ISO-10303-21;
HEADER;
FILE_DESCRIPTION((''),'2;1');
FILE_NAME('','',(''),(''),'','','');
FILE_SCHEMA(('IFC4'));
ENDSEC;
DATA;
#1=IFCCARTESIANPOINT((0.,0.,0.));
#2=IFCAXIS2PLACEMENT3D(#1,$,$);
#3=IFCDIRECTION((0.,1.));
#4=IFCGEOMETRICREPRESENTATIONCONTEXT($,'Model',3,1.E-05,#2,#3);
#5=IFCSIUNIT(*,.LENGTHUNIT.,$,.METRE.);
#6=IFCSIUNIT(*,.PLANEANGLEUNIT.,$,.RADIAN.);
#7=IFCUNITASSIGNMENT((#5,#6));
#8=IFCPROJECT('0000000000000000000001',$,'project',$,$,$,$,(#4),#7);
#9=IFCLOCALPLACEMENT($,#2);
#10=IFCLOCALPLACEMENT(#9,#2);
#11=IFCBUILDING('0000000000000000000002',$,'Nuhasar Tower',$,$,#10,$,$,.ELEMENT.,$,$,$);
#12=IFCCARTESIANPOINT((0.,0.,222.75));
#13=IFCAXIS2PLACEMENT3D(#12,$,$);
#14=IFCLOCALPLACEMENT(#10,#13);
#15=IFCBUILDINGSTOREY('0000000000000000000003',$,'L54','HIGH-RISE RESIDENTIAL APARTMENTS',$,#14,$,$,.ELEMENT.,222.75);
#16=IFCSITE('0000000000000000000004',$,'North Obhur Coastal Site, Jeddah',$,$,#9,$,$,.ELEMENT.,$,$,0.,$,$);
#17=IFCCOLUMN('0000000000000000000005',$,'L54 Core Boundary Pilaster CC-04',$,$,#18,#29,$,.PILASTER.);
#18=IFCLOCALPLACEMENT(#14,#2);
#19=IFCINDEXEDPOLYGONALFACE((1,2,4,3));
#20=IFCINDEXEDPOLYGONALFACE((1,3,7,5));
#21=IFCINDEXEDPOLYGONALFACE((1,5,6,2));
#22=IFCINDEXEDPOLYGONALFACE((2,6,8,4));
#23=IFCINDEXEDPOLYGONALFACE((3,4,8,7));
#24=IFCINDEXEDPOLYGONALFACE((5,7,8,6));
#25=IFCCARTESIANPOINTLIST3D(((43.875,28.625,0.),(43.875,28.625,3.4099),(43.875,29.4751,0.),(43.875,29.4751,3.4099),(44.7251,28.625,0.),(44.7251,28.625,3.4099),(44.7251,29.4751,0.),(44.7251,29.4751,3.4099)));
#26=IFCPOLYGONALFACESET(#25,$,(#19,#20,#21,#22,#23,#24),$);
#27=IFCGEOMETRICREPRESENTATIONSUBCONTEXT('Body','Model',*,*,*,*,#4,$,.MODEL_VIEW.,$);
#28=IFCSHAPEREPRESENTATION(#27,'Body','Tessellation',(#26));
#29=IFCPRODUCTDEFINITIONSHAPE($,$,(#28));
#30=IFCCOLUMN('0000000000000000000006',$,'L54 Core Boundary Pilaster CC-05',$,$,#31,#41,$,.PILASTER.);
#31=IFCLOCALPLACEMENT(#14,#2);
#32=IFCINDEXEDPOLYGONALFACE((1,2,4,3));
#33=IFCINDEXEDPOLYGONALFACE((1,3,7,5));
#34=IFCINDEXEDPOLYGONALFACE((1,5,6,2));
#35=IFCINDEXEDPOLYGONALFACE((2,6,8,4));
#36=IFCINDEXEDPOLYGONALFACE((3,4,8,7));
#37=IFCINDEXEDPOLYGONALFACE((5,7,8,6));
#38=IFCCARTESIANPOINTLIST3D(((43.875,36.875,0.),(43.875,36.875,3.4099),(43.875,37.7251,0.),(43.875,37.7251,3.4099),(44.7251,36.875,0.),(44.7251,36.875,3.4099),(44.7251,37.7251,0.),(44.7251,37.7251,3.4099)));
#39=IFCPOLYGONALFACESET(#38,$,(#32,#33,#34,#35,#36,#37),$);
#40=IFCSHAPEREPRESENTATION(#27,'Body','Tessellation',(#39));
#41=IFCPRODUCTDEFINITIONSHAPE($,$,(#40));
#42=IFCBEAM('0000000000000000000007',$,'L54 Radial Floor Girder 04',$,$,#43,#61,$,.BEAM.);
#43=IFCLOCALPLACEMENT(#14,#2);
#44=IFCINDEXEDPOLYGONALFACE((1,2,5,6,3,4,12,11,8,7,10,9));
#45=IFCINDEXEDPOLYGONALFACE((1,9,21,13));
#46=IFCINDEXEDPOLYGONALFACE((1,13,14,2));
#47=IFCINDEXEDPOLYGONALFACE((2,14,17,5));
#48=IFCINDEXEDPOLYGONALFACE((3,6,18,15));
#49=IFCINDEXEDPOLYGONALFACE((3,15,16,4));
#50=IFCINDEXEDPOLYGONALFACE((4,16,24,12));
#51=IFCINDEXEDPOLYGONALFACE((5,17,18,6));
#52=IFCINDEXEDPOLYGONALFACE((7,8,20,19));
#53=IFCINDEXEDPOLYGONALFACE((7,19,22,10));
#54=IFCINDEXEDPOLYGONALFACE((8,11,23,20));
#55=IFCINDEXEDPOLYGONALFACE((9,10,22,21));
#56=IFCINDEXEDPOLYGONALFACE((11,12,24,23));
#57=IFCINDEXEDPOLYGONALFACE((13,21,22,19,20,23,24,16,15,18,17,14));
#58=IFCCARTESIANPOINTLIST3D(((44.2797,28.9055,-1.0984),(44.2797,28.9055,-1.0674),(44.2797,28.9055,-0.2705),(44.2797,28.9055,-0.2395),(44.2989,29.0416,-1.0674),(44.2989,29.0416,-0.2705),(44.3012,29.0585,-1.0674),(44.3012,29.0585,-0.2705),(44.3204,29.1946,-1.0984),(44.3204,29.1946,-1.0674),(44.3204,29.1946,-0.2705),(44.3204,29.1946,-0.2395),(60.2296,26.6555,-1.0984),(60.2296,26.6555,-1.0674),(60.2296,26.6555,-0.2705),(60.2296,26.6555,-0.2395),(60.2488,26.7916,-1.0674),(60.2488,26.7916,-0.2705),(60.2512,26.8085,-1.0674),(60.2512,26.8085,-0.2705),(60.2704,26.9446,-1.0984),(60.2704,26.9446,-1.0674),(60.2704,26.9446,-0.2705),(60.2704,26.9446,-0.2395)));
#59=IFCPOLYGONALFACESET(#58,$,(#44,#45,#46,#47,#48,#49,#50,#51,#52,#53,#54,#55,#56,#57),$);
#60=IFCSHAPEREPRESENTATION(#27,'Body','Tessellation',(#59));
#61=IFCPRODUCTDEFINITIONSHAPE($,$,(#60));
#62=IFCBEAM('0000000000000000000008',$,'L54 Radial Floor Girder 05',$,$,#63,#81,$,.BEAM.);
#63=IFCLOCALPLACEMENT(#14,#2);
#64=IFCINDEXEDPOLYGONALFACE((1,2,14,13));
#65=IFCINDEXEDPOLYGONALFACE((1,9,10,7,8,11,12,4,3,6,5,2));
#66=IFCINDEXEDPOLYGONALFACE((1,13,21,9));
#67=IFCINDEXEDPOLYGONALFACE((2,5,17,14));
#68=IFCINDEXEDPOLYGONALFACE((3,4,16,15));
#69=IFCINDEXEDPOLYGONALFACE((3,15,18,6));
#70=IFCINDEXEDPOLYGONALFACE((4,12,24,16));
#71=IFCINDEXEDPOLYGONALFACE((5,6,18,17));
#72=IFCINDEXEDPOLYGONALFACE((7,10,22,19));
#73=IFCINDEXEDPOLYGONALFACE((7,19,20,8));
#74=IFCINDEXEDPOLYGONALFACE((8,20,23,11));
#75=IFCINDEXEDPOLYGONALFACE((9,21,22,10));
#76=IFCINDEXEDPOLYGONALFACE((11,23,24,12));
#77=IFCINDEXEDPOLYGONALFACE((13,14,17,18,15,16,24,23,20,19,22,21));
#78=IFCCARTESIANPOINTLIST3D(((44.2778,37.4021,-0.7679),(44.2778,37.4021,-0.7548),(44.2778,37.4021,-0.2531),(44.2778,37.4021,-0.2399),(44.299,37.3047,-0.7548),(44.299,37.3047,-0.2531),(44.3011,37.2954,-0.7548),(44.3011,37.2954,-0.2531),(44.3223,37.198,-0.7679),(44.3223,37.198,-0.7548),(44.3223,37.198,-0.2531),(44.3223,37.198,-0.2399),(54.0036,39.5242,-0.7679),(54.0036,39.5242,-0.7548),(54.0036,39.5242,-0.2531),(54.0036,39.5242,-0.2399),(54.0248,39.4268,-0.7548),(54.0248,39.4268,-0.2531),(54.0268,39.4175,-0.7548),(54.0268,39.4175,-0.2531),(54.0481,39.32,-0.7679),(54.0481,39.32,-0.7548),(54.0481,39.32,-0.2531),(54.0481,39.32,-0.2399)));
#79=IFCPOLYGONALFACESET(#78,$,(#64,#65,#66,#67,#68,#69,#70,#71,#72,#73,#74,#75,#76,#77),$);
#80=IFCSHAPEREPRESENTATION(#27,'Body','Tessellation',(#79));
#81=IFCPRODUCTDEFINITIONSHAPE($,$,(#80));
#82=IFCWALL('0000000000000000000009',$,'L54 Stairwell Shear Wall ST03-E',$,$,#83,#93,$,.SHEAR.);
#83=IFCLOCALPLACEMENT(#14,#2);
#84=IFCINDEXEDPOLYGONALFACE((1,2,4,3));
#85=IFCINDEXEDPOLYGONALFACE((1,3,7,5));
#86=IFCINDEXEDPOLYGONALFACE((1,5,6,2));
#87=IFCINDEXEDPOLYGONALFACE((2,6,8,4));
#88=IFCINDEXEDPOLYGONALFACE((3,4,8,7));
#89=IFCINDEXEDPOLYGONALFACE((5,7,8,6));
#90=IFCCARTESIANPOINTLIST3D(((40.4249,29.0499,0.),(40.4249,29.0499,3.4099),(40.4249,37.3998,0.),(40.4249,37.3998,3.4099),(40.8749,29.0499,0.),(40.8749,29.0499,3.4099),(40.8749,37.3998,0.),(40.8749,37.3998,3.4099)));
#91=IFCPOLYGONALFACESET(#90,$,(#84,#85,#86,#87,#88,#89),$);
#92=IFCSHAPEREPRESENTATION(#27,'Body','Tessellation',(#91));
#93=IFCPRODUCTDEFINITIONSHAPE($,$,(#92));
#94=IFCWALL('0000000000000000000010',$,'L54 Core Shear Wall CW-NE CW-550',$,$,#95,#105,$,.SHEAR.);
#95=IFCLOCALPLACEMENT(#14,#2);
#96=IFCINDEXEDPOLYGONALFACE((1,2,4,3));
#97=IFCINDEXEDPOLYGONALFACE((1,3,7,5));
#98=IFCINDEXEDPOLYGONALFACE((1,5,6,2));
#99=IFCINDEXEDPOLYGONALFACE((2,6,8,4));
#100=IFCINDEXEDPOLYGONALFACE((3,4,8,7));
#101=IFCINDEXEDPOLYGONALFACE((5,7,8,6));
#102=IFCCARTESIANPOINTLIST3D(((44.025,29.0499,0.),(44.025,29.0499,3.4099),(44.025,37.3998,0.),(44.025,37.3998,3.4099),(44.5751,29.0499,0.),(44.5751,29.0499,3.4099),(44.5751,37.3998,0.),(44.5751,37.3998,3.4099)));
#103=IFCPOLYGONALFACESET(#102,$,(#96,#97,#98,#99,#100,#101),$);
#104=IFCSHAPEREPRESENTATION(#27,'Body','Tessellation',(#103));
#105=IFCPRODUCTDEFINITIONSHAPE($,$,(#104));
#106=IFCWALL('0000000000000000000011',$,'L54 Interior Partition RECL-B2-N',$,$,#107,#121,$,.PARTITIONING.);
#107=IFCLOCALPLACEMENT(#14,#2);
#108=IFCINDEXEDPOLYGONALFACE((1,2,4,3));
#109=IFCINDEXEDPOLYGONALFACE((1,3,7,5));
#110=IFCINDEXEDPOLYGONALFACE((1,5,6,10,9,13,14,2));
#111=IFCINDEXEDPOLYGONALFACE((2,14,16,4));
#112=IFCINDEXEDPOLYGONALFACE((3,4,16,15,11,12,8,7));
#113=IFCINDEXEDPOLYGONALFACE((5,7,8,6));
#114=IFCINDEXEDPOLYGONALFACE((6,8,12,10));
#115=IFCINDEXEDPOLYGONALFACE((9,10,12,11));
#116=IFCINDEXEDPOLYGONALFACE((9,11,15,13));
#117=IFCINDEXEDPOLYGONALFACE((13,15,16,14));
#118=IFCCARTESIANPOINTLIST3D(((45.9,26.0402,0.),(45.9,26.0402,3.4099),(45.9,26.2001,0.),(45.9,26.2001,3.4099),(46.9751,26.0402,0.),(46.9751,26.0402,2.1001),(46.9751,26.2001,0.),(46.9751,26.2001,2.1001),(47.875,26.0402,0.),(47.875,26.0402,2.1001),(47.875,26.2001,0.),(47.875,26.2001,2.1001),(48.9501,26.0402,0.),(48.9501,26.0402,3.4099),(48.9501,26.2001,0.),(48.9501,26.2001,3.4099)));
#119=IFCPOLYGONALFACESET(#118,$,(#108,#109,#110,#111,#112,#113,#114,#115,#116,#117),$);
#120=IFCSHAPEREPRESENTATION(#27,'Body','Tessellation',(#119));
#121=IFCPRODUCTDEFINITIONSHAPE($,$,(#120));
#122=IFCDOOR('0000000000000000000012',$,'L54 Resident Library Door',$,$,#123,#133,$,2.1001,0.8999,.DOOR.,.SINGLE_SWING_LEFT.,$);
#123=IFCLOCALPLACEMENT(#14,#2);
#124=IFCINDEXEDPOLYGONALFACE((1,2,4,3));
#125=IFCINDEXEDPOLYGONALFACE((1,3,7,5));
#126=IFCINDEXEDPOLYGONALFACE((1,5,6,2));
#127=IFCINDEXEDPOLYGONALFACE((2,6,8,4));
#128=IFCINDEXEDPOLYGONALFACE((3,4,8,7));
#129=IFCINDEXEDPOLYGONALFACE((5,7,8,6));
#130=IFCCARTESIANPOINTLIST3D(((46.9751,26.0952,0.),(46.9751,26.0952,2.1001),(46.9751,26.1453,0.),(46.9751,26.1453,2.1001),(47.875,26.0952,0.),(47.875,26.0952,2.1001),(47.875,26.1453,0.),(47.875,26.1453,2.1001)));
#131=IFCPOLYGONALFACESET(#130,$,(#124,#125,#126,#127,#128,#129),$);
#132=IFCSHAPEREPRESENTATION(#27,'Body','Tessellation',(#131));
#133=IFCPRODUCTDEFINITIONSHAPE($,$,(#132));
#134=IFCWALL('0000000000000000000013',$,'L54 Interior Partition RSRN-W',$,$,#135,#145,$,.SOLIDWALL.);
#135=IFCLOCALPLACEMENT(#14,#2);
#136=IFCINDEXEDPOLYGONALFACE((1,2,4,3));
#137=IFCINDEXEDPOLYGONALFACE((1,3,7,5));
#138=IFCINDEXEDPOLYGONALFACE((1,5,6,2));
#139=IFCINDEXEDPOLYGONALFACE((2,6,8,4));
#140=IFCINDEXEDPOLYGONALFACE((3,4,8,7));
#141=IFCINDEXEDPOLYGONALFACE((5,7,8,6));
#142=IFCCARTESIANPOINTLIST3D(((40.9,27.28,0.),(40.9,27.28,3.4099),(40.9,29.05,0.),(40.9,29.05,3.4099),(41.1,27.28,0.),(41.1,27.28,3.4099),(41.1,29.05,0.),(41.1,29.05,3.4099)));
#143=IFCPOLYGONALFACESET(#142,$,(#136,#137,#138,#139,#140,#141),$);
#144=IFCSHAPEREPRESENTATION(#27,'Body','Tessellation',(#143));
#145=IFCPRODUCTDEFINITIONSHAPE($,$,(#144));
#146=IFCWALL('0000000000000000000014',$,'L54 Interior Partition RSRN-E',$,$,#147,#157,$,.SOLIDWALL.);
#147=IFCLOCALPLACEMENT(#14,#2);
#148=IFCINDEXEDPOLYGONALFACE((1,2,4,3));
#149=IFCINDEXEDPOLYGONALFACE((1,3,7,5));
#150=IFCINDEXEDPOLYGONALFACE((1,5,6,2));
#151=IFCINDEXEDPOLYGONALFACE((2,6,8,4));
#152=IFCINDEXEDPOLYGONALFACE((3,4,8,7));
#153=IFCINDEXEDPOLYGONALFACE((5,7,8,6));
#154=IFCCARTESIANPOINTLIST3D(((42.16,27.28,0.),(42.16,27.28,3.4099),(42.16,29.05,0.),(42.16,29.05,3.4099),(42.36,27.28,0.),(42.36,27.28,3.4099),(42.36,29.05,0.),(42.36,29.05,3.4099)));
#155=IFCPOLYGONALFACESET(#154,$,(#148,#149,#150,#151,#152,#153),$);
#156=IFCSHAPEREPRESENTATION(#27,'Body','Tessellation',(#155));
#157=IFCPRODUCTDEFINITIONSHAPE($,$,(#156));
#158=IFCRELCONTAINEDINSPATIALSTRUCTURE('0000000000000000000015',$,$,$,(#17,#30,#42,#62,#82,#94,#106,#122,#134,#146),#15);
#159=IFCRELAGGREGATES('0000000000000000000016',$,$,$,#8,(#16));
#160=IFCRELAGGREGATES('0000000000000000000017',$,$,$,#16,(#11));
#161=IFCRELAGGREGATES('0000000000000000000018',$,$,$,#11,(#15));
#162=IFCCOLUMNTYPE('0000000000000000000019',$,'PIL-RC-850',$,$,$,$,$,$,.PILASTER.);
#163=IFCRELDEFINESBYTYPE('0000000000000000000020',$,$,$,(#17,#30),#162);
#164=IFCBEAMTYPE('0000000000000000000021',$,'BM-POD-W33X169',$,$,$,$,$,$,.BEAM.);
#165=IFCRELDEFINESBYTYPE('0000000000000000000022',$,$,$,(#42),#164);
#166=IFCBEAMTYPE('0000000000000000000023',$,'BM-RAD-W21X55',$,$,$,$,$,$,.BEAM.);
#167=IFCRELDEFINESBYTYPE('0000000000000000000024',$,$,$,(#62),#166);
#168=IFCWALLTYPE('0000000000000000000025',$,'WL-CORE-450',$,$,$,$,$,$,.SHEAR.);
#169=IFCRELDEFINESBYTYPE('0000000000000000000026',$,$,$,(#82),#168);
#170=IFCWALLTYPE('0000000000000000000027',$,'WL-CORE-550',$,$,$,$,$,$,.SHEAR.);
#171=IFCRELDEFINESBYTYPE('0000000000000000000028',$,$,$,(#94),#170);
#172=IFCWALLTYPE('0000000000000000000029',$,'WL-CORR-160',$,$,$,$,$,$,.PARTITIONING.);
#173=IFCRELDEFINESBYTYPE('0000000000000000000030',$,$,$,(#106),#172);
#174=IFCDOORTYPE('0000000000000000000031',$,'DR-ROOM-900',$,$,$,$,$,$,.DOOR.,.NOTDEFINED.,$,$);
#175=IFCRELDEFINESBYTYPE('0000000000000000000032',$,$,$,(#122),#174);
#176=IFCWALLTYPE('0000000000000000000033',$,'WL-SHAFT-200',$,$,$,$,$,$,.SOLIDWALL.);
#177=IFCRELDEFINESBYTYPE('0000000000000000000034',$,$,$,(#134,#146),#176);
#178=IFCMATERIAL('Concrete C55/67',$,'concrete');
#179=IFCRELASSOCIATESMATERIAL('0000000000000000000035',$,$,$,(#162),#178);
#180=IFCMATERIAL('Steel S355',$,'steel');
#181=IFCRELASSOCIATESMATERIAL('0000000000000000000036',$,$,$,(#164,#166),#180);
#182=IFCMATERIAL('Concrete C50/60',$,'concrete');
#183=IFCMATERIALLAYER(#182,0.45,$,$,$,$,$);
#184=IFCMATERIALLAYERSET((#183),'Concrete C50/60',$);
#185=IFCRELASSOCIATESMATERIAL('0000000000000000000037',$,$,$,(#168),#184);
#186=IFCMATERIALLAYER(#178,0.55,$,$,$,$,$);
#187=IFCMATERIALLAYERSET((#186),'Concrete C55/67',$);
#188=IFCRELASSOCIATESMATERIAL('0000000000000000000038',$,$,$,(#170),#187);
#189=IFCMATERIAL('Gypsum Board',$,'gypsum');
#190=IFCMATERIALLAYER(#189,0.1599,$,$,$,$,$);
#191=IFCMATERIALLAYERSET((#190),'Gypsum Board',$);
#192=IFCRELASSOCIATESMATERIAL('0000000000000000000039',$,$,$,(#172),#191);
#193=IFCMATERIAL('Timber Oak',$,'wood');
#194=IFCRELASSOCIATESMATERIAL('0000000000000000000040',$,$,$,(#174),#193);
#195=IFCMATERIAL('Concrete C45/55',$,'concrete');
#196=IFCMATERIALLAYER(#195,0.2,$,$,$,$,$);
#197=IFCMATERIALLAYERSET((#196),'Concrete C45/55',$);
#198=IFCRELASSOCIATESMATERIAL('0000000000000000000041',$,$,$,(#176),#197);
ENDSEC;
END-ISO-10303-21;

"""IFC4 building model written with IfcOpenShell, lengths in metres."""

from ifc_helpers import new_model, si_unit, direction, frame, frame_2d, origin, origin_2d, place, context, subcontext, project, spatial, rectangle, i_section, extrude, material, layer, layer_set, material_profile, profile_set, type_object, element, fill, save


model = new_model("IFC4")

# Units and contexts
model_context = context("Model", 3, precision=1e-05, world=origin(), true_north=direction((0.0, 1.0)))
body_context = subcontext(model_context, "Body", "Model", "MODEL_VIEW")
ifc_project = project(units=[si_unit("LENGTHUNIT", "METRE"), si_unit("PLANEANGLEUNIT", "RADIAN")], contexts=[model_context])

# Site, building, storey
site_placement = place(None, origin())
site = spatial("IfcSite", under=ifc_project, at=site_placement, Name="North Obhur Coastal Site, Jeddah", CompositionType="ELEMENT", RefElevation=0.0)
building_placement = place(site_placement, origin())
building = spatial("IfcBuilding", under=site, at=building_placement, Name="Nuhasar Tower", CompositionType="ELEMENT")
storey_placement = place(building_placement, frame((0.0, 0.0, 222.75)))
storey = spatial("IfcBuildingStorey", under=building, at=storey_placement, Name="L54", Description="HIGH-RISE RESIDENTIAL APARTMENTS", CompositionType="ELEMENT", Elevation=222.75)

# Columns
ifc_material_1 = material(Name="Concrete C55/67", Category="concrete")
ifc_material_profile_1 = material_profile(ifc_material_1, rectangle(XDim=0.8501, YDim=0.8501, at=origin_2d()), Name="RC850X850")
ifc_profile_set_1 = profile_set([ifc_material_profile_1], Name="Concrete C55/67")
column_type = type_object("IfcColumnType", Name="PIL-RC-850", PredefinedType="PILASTER", material=ifc_profile_set_1)
for number, where, z_axis, x_axis, name in (
    (1, (44.3, 29.05, 0.0), (0.0, 0.0, 1.0), (1.0, 0.0, 0.0), "L54 Core Boundary Pilaster CC-04"),
    (2, (44.3, 37.3, 0.0), (0.0, 0.0, 1.0), (1.0, 0.0, 0.0), "L54 Core Boundary Pilaster CC-05"),
):
    element("IfcColumn", number, at=place(storey_placement, frame(where, z_axis=z_axis, x_axis=x_axis)), inside=storey, type_object=column_type, Name=name, PredefinedType="PILASTER", context=body_context, shape_type="SweptSolid", body=[
        extrude(rectangle(XDim=0.8501, YDim=0.8501, at=origin_2d()), origin(), (0.0, 0.0, 1.0), 3.4099),
    ])

# Beams
ifc_material_2 = material(Name="Steel S355", Category="steel")
ifc_material_profile_2 = material_profile(ifc_material_2, i_section(OverallWidth=0.292, OverallDepth=0.8589, WebThickness=0.0171, FlangeThickness=0.031, at=origin_2d()), Name="W33X169")
ifc_profile_set_2 = profile_set([ifc_material_profile_2], Name="Steel S355")
beam_type_1 = type_object("IfcBeamType", Name="BM-POD-W33X169", PredefinedType="BEAM", material=ifc_profile_set_2)
beam_1_placement = place(storey_placement, frame((44.3, 29.05, -0.6689), z_axis=(0.990196, -0.139683, 0.0), x_axis=(0.139683, 0.990196, 0.0)))
element("IfcBeam", 3, at=beam_1_placement, inside=storey, type_object=beam_type_1, Name="L54 Radial Floor Girder 04", PredefinedType="BEAM", context=body_context, shape_type="SweptSolid", body=[
    extrude(i_section(OverallWidth=0.292, OverallDepth=0.8589, WebThickness=0.0171, FlangeThickness=0.031, at=origin_2d()), origin(), (0.0, 0.0, 1.0), 16.1079),
])
ifc_material_profile_3 = material_profile(ifc_material_2, i_section(OverallWidth=0.209, OverallDepth=0.5281, WebThickness=0.0095, FlangeThickness=0.0132, at=origin_2d()), Name="W21X55")
ifc_profile_set_3 = profile_set([ifc_material_profile_3], Name="Steel S355")
beam_type_2 = type_object("IfcBeamType", Name="BM-RAD-W21X55", PredefinedType="BEAM", material=ifc_profile_set_3)
beam_2_placement = place(storey_placement, frame((44.3, 37.3, -0.5039), z_axis=(0.977014, 0.213174, 0.0), x_axis=(-0.213174, 0.977014, 0.0)))
element("IfcBeam", 4, at=beam_2_placement, inside=storey, type_object=beam_type_2, Name="L54 Radial Floor Girder 05", PredefinedType="BEAM", context=body_context, shape_type="SweptSolid", body=[
    extrude(i_section(OverallWidth=0.209, OverallDepth=0.5281, WebThickness=0.0095, FlangeThickness=0.0132, at=origin_2d()), origin(), (0.0, 0.0, 1.0), 9.9546),
])

# Shared definitions
ifc_material_3 = material(Name="Concrete C50/60", Category="concrete")
ifc_layer_1 = layer(ifc_material_3, 0.45)
ifc_layer_set_1 = layer_set([ifc_layer_1], Name="Concrete C50/60")
wall_type_1 = type_object("IfcWallType", Name="WL-CORE-450", PredefinedType="SHEAR", material=ifc_layer_set_1)

# Walls
wall_1_placement = place(storey_placement, frame((40.6499, 29.05, 0.0), z_axis=(0.0, 0.0, 1.0), x_axis=(0.0, 1.0, 0.0)))
element("IfcWall", 5, at=wall_1_placement, inside=storey, type_object=wall_type_1, Name="L54 Stairwell Shear Wall ST03-E", PredefinedType="SHEAR", context=body_context, shape_type="SweptSolid", body=[
    extrude(rectangle(XDim=8.3499, YDim=0.45, at=frame_2d((4.1748, 0.0))), origin(), (0.0, 0.0, 1.0), 3.4099),
])
ifc_layer_2 = layer(ifc_material_1, 0.55)
ifc_layer_set_2 = layer_set([ifc_layer_2], Name="Concrete C55/67")
wall_type_2 = type_object("IfcWallType", Name="WL-CORE-550", PredefinedType="SHEAR", material=ifc_layer_set_2)
wall_2_placement = place(storey_placement, frame((44.3, 29.05, 0.0), z_axis=(0.0, 0.0, 1.0), x_axis=(0.0, 1.0, 0.0)))
element("IfcWall", 6, at=wall_2_placement, inside=storey, type_object=wall_type_2, Name="L54 Core Shear Wall CW-NE CW-550", PredefinedType="SHEAR", context=body_context, shape_type="SweptSolid", body=[
    extrude(rectangle(XDim=8.3499, YDim=0.55, at=frame_2d((4.1748, 0.0))), origin(), (0.0, 0.0, 1.0), 3.4099),
])

# Wall, opening, door
ifc_material_4 = material(Name="Gypsum Board", Category="gypsum")
ifc_layer_3 = layer(ifc_material_4, 0.1599)
ifc_layer_set_3 = layer_set([ifc_layer_3], Name="Gypsum Board")
wall_type_3 = type_object("IfcWallType", Name="WL-CORR-160", PredefinedType="PARTITIONING", material=ifc_layer_set_3)
wall_3_placement = place(storey_placement, frame((48.95, 26.1201, 0.0), z_axis=(0.0, 0.0, 1.0), x_axis=(-1.0, 0.0, 0.0)))
wall_3 = element("IfcWall", 7, at=wall_3_placement, inside=storey, type_object=wall_type_3, Name="L54 Interior Partition RECL-B2-N", PredefinedType="PARTITIONING", context=body_context, shape_type="SweptSolid", body=[
    extrude(rectangle(XDim=3.05, YDim=0.1599, at=frame_2d((1.5249, 0.0))), origin(), (0.0, 0.0, 1.0), 3.4099),
])
opening_1_placement = place(wall_3_placement, frame((1.075, 0.0, 0.0)))
opening_1 = element("IfcOpeningElement", 8, at=opening_1_placement, cuts=wall_3, PredefinedType="OPENING", context=body_context, shape_type="SweptSolid", body=[
    extrude(rectangle(XDim=0.8999, YDim=2.1001, at=frame_2d((0.45, 1.05))), frame((0.0, 0.0898, 0.0), z_axis=(0.0, -1.0, 0.0), x_axis=(1.0, 0.0, 0.0)), (0.0, 0.0, 1.0), 0.1799),
])
ifc_material_5 = material(Name="Timber Oak", Category="wood")
door_type_1 = type_object("IfcDoorType", Name="DR-ROOM-900", OperationType="NOTDEFINED", PredefinedType="DOOR", material=ifc_material_5)
door_1_placement = place(opening_1_placement, origin())
door_1 = element("IfcDoor", 9, at=door_1_placement, inside=storey, type_object=door_type_1, Name="L54 Resident Library Door", OperationType="SINGLE_SWING_LEFT", OverallHeight=2.1001, OverallWidth=0.8999, PredefinedType="DOOR", context=body_context, shape_type="SweptSolid", body=[
    extrude(rectangle(XDim=0.8999, YDim=2.1001, at=frame_2d((0.45, 1.05))), frame((0.0, 0.0249, 0.0), z_axis=(0.0, -1.0, 0.0), x_axis=(1.0, 0.0, 0.0)), (0.0, 0.0, 1.0), 0.05),
])
fill(opening_1, door_1)

# Walls
ifc_material_6 = material(Name="Concrete C45/55", Category="concrete")
ifc_layer_4 = layer(ifc_material_6, 0.2)
ifc_layer_set_4 = layer_set([ifc_layer_4], Name="Concrete C45/55")
wall_type_4 = type_object("IfcWallType", Name="WL-SHAFT-200", PredefinedType="SOLIDWALL", material=ifc_layer_set_4)
for number, where, z_axis, x_axis, name in (
    (10, (41.0, 27.28, 0.0), (0.0, 0.0, 1.0), (0.0, 1.0, 0.0), "L54 Interior Partition RSRN-W"),
    (11, (42.26, 27.28, 0.0), (0.0, 0.0, 1.0), (0.0, 1.0, 0.0), "L54 Interior Partition RSRN-E"),
):
    element("IfcWall", number, at=place(storey_placement, frame(where, z_axis=z_axis, x_axis=x_axis)), inside=storey, type_object=wall_type_4, Name=name, PredefinedType="SOLIDWALL", context=body_context, shape_type="SweptSolid", body=[
        extrude(rectangle(XDim=1.77, YDim=0.2, at=frame_2d((0.885, 0.0))), origin(), (0.0, 0.0, 1.0), 3.4099),
    ])

save(model, "model.ifc")
